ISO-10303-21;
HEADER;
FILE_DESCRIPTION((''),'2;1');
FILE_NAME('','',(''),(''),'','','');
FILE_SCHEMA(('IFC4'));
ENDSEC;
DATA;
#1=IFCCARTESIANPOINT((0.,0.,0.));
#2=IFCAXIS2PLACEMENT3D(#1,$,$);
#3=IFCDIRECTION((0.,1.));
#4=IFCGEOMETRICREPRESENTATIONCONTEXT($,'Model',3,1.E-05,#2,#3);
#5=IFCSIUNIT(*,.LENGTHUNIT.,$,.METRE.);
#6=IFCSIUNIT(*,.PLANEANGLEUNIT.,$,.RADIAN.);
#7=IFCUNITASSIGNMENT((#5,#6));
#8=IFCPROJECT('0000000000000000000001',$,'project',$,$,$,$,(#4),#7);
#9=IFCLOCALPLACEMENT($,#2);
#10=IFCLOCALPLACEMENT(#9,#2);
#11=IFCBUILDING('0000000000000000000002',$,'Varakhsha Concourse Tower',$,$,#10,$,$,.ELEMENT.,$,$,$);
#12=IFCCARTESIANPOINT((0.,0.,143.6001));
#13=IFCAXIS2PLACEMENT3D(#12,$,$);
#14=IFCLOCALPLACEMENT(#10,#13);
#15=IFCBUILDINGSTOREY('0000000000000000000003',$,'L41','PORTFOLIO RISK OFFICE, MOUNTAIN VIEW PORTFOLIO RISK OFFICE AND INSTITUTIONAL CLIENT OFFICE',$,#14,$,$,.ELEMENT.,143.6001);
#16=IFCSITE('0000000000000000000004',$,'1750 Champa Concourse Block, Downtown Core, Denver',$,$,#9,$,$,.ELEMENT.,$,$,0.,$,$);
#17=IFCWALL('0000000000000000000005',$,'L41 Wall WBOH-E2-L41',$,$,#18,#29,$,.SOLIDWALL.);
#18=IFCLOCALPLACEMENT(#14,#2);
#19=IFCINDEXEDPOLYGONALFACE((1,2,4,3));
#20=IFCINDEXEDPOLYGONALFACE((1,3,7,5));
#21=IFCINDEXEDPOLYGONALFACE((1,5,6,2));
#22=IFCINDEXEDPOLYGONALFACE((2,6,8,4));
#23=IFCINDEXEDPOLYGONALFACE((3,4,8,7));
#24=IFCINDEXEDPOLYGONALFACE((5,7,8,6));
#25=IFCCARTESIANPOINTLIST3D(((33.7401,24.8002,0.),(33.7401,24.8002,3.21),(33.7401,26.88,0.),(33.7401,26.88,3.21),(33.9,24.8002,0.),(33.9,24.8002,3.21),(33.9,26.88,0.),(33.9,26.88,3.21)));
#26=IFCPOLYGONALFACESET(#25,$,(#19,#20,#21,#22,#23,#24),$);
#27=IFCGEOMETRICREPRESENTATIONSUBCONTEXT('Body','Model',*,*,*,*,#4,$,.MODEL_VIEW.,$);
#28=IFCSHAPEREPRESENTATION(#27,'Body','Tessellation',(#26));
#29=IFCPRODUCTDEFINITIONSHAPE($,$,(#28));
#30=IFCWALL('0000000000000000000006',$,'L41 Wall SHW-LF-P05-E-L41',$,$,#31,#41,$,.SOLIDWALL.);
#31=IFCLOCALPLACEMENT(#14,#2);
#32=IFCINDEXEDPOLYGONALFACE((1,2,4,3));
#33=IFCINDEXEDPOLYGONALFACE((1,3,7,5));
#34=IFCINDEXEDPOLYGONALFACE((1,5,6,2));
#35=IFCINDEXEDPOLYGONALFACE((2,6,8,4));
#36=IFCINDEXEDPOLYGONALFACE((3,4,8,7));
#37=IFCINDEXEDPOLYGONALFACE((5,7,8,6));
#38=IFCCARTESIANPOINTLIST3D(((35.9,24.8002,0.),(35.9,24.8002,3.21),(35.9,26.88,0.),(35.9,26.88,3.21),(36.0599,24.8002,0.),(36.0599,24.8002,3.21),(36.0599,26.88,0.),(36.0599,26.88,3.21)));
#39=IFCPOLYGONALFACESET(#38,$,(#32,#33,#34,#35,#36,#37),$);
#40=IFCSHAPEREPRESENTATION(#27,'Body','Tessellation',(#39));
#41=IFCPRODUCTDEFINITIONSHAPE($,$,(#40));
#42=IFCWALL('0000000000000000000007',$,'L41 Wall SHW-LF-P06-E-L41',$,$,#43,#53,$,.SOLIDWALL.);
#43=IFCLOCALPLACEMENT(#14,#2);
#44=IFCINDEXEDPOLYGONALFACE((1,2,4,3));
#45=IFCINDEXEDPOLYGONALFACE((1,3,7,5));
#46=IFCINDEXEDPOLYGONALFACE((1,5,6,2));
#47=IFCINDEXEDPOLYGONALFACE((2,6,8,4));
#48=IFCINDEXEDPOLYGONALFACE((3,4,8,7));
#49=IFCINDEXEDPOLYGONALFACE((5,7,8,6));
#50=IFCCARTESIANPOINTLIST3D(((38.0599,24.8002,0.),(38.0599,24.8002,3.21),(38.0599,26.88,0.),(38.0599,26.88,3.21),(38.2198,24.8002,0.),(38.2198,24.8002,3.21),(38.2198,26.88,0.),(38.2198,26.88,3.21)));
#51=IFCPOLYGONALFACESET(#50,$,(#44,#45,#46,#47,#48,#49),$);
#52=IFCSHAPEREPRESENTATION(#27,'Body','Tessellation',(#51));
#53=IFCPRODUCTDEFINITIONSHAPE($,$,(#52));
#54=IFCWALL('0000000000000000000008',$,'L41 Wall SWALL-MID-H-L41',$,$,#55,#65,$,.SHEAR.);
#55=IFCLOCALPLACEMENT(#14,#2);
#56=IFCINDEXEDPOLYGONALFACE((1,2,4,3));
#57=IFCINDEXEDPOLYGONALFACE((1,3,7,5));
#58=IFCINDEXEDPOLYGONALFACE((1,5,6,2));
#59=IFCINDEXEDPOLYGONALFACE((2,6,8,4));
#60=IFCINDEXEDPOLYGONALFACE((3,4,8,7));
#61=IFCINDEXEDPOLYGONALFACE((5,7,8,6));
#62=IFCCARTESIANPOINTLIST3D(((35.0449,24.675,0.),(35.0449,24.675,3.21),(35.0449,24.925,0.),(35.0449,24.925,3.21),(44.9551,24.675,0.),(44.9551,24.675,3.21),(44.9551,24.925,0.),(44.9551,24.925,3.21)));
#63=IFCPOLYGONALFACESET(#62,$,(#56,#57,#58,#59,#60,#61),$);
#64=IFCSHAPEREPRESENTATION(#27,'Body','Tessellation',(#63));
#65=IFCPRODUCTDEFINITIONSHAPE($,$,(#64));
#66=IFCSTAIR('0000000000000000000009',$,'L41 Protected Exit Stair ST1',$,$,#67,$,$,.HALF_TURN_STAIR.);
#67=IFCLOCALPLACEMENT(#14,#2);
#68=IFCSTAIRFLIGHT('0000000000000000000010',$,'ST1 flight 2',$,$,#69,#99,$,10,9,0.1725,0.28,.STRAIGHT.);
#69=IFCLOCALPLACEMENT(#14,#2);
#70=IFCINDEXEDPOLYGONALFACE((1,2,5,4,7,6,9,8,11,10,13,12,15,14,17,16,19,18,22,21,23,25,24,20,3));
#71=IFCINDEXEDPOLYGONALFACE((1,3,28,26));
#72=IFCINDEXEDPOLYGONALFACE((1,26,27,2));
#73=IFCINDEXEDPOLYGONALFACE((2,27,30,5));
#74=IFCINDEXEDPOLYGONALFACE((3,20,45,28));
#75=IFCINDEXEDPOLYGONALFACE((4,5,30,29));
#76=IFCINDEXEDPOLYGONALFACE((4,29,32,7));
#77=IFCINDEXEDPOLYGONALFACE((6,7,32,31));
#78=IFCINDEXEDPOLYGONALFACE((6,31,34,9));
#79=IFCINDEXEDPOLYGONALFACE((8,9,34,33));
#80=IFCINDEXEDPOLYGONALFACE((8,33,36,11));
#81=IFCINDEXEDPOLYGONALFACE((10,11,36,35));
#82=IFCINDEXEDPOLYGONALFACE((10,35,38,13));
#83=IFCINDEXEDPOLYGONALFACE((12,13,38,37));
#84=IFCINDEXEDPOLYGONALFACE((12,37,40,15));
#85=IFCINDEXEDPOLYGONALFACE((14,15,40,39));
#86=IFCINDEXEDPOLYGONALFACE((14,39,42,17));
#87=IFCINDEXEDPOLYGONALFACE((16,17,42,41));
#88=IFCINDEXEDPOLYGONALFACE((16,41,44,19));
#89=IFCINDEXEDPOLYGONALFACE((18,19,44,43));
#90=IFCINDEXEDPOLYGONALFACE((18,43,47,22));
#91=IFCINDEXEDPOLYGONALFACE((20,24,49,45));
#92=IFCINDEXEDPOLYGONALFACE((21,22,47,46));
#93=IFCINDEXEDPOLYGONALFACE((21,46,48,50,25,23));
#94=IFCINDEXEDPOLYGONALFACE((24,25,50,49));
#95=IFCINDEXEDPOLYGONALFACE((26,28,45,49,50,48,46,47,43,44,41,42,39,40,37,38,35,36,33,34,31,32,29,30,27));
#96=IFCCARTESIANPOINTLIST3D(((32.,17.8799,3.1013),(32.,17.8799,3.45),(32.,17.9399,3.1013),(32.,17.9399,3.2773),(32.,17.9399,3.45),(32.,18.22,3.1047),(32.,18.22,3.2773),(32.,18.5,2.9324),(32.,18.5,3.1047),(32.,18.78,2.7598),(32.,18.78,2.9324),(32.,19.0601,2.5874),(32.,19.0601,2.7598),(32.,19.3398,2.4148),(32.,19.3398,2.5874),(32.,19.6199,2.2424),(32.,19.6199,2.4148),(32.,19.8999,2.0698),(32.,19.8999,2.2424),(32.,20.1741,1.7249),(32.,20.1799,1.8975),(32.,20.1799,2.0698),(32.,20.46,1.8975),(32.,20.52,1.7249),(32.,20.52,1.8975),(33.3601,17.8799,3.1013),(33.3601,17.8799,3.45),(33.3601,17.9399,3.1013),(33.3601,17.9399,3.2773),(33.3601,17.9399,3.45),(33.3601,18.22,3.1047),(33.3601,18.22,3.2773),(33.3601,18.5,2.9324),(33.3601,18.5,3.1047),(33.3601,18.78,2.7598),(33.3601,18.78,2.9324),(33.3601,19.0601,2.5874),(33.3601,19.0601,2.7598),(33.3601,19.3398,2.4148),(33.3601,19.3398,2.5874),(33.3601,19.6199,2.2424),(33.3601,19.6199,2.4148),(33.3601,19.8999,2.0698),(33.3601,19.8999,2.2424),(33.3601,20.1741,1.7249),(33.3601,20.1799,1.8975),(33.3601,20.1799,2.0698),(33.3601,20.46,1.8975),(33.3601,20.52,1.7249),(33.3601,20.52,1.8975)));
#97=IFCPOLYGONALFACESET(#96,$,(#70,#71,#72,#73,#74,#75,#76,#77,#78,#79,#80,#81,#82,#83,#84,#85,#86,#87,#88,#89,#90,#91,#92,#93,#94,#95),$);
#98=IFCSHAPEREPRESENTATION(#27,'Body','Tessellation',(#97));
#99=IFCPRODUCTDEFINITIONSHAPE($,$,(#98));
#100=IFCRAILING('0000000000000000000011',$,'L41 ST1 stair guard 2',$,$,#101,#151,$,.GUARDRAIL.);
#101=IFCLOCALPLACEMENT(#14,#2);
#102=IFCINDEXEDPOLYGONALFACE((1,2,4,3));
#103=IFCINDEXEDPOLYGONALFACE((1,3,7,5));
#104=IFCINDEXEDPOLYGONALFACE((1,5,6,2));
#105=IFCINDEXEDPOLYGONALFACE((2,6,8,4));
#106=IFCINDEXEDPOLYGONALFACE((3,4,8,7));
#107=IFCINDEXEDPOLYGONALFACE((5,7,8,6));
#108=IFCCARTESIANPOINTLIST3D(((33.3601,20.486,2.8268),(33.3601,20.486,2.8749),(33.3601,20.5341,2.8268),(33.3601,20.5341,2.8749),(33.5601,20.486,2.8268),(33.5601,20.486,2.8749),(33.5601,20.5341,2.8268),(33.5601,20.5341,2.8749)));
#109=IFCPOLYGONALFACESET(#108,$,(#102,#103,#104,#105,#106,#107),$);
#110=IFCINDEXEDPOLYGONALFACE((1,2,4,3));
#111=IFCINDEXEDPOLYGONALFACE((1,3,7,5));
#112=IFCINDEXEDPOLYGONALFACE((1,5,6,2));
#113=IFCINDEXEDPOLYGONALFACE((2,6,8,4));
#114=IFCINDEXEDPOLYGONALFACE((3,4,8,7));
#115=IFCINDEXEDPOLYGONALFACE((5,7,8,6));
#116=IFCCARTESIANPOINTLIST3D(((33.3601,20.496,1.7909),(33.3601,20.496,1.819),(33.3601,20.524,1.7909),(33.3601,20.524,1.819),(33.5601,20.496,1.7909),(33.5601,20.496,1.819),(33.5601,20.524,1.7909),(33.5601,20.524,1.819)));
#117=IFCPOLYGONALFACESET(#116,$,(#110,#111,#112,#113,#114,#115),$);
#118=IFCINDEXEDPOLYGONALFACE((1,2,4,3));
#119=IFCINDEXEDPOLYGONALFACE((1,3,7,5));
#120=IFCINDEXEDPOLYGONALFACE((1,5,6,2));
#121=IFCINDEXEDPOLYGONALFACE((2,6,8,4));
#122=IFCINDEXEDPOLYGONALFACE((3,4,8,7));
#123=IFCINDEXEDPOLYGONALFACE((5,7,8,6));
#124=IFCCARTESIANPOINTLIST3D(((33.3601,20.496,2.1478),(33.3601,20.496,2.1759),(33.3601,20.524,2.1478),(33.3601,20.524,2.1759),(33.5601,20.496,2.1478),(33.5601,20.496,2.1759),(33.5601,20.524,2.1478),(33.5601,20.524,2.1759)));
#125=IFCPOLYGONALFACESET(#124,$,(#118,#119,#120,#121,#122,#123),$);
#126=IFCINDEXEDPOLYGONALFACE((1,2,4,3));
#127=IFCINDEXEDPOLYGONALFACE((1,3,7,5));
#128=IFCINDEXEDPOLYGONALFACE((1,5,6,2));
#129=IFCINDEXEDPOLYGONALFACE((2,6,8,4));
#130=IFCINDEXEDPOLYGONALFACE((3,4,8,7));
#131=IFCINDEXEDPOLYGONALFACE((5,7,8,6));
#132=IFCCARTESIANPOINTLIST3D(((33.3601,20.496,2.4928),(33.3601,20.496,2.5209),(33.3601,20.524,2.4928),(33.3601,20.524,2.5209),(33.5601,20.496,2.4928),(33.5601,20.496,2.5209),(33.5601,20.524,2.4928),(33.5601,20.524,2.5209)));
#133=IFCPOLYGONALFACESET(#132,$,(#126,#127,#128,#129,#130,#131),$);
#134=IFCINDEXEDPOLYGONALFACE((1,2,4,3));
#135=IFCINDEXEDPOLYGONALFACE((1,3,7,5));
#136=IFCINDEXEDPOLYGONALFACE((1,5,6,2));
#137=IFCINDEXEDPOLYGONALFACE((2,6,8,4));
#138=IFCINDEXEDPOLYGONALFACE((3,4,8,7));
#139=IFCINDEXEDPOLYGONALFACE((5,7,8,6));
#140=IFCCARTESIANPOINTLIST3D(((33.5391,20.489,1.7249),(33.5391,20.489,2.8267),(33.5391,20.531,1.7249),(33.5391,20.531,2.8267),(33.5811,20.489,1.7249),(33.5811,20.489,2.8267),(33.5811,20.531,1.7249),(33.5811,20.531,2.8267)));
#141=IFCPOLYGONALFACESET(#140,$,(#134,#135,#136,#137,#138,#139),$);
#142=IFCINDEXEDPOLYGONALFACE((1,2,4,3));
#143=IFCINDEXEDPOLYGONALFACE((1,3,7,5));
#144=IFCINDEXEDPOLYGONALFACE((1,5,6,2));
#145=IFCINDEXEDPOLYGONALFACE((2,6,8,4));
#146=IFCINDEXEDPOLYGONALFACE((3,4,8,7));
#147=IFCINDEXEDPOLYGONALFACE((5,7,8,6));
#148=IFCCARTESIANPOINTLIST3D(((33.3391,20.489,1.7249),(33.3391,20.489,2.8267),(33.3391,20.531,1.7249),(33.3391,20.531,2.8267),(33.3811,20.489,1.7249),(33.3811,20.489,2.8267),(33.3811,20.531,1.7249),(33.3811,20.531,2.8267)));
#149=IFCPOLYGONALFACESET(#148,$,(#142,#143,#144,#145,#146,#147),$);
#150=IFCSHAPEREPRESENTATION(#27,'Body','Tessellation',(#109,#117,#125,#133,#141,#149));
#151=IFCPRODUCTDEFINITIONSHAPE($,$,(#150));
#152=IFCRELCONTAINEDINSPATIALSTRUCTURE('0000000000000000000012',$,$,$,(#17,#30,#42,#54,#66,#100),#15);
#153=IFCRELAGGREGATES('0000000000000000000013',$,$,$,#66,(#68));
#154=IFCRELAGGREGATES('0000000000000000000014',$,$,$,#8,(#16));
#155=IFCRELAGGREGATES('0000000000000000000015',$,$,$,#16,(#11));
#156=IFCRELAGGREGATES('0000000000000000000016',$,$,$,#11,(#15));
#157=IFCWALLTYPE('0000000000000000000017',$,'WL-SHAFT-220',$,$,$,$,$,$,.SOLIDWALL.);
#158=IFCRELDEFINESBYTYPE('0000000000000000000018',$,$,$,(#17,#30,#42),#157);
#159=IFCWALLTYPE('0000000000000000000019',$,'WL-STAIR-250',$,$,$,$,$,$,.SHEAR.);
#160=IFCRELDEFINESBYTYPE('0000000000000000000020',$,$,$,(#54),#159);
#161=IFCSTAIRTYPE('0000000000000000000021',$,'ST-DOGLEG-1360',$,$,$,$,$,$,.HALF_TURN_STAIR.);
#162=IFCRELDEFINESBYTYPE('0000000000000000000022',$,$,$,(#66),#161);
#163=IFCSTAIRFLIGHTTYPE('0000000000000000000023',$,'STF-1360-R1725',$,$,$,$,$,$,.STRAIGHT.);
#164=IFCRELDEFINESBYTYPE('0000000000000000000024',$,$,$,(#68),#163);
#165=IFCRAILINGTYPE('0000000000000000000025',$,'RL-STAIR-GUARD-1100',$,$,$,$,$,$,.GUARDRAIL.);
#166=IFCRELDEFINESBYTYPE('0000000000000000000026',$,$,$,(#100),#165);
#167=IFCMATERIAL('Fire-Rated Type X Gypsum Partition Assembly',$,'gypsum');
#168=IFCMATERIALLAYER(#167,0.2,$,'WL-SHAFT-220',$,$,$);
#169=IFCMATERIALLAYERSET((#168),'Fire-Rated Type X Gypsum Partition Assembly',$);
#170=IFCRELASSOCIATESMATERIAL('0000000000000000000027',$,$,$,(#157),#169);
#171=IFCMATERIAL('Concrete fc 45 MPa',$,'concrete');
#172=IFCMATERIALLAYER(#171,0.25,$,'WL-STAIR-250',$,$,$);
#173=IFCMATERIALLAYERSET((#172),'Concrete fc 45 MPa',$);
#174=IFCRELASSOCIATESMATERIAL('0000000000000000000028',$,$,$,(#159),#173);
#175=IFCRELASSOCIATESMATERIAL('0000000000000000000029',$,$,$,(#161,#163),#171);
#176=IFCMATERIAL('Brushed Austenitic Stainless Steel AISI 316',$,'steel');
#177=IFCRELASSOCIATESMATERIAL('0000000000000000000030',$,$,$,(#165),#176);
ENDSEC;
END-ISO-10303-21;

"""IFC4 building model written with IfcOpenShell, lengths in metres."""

from ifc_helpers import new_model, si_unit, direction, frame, frame_2d, origin, origin_2d, place, context, subcontext, project, spatial, polyline, rectangle, outline, extrude, material, layer, layer_set, type_object, element, aggregate, save


model = new_model("IFC4")

# Units and contexts
model_context = context("Model", 3, precision=1e-05, world=origin(), true_north=direction((0.0, 1.0)))
body_context = subcontext(model_context, "Body", "Model", "MODEL_VIEW")
ifc_project = project(units=[si_unit("LENGTHUNIT", "METRE"), si_unit("PLANEANGLEUNIT", "RADIAN")], contexts=[model_context])

# Site, building, storey
site_placement = place(None, origin())
site = spatial("IfcSite", under=ifc_project, at=site_placement, Name="1750 Champa Concourse Block, Downtown Core, Denver", CompositionType="ELEMENT", RefElevation=0.0)
building_placement = place(site_placement, origin())
building = spatial("IfcBuilding", under=site, at=building_placement, Name="Varakhsha Concourse Tower", CompositionType="ELEMENT")
storey_placement = place(building_placement, frame((0.0, 0.0, 143.6001)))
storey = spatial("IfcBuildingStorey", under=building, at=storey_placement, Name="L41", Description="PORTFOLIO RISK OFFICE, MOUNTAIN VIEW PORTFOLIO RISK OFFICE AND INSTITUTIONAL CLIENT OFFICE", CompositionType="ELEMENT", Elevation=143.6001)

# Shared definitions
ifc_material_1 = material(Name="Fire-Rated Type X Gypsum Partition Assembly", Category="gypsum")

# Shared definitions
ifc_layer_1 = layer(ifc_material_1, 0.2, Name="WL-SHAFT-220")
ifc_layer_set_1 = layer_set([ifc_layer_1], Name="Fire-Rated Type X Gypsum Partition Assembly")
wall_type_1 = type_object("IfcWallType", Name="WL-SHAFT-220", PredefinedType="SOLIDWALL", material=ifc_layer_set_1)
ifc_material_2 = material(Name="Brushed Austenitic Stainless Steel AISI 316", Category="steel")

# Walls
for number, where, z_axis, x_axis, name in (
    (1, (33.8201, 24.8, 0.0), (0.0, 0.0, 1.0), (0.0, 1.0, 0.0), "L41 Wall WBOH-E2-L41"),
    (2, (35.98, 24.8, 0.0), (0.0, 0.0, 1.0), (0.0, 1.0, 0.0), "L41 Wall SHW-LF-P05-E-L41"),
    (3, (38.1399, 24.8, 0.0), (0.0, 0.0, 1.0), (0.0, 1.0, 0.0), "L41 Wall SHW-LF-P06-E-L41"),
):
    element("IfcWall", number, at=place(storey_placement, frame(where, z_axis=z_axis, x_axis=x_axis)), inside=storey, type_object=wall_type_1, Name=name, PredefinedType="SOLIDWALL", context=body_context, shape_type="SweptSolid", body=[
        extrude(rectangle(XDim=2.0798, YDim=0.1599, at=frame_2d((1.04, 0.0))), origin(), (0.0, 0.0, 1.0), 3.21),
    ])
ifc_material_3 = material(Name="Concrete fc 45 MPa", Category="concrete")
ifc_layer_2 = layer(ifc_material_3, 0.25, Name="WL-STAIR-250")
ifc_layer_set_2 = layer_set([ifc_layer_2], Name="Concrete fc 45 MPa")
wall_type_2 = type_object("IfcWallType", Name="WL-STAIR-250", PredefinedType="SHEAR", material=ifc_layer_set_2)
wall_1_placement = place(storey_placement, frame((35.0449, 24.8, 0.0), z_axis=(0.0, 0.0, 1.0), x_axis=(1.0, 0.0, 0.0)))
element("IfcWall", 4, at=wall_1_placement, inside=storey, type_object=wall_type_2, Name="L41 Wall SWALL-MID-H-L41", PredefinedType="SHEAR", context=body_context, shape_type="SweptSolid", body=[
    extrude(rectangle(XDim=9.9102, YDim=0.25, at=frame_2d((4.9551, 0.0))), origin(), (0.0, 0.0, 1.0), 3.21),
])

# Stair, stair flight
stair_type = type_object("IfcStairType", Name="ST-DOGLEG-1360", PredefinedType="HALF_TURN_STAIR", material=ifc_material_3)
stair_placement = place(storey_placement, origin())
stair = element("IfcStair", 5, at=stair_placement, inside=storey, type_object=stair_type, Name="L41 Protected Exit Stair ST1", PredefinedType="HALF_TURN_STAIR")
stair_flight_type = type_object("IfcStairFlightType", Name="STF-1360-R1725", PredefinedType="STRAIGHT", material=ifc_material_3)
stair_flight_placement = place(storey_placement, frame((32.6799, 20.46, 1.7249), z_axis=(0.0, 0.0, 1.0), x_axis=(0.0, -1.0, 0.0)))
stair_flight = element("IfcStairFlight", 6, at=stair_flight_placement, type_object=stair_flight_type, Name="ST1 flight 2", NumberOfRisers=10, NumberOfTreads=9, PredefinedType="STRAIGHT", RiserHeight=0.1725, TreadLength=0.28, context=body_context, shape_type="SweptSolid", body=[
    extrude(outline(polyline([(-0.0601, 0.0), (-0.0601, 0.1726), (0.0, 0.1726), (0.28, 0.1726), (0.28, 0.345), (0.5601, 0.345), (0.5601, 0.5176), (0.8401, 0.5176), (0.8401, 0.6899), (1.1201, 0.6899), (1.1201, 0.8625), (1.3999, 0.8625), (1.3999, 1.0349), (1.6799, 1.0349), (1.6799, 1.2075), (1.96, 1.2075), (1.96, 1.3799), (2.24, 1.3799), (2.24, 1.5525), (2.52, 1.5525), (2.52, 1.7251), (2.5801, 1.7251), (2.5801, 1.3765), (2.52, 1.3765), (0.2859, 0.0), (-0.0601, 0.0)])), frame((0.0, 0.6802, 0.0), z_axis=(0.0, -1.0, 0.0), x_axis=(1.0, 0.0, 0.0)), (0.0, 0.0, 1.0), 1.3601),
])
aggregate(stair, [stair_flight])

# Railing
railing_type = type_object("IfcRailingType", Name="RL-STAIR-GUARD-1100", PredefinedType="GUARDRAIL", material=ifc_material_2)
railing_1_placement = place(storey_placement, frame((33.5601, 20.51, 1.7249)))
element("IfcRailing", 7, at=railing_1_placement, inside=storey, type_object=railing_type, Name="L41 ST1 stair guard 2", PredefinedType="GUARDRAIL", context=body_context, shape_type="SweptSolid", body=[
    extrude(rectangle(XDim=0.0481, YDim=0.0481, at=origin_2d()), frame((0.0, 0.0, 1.126), z_axis=(-1.0, 0.0, 0.0), x_axis=(0.0, -1.0, 0.0)), (0.0, 0.0, 1.0), 0.2),
    extrude(rectangle(XDim=0.0281, YDim=0.0281, at=origin_2d()), frame((0.0, 0.0, 0.0801), z_axis=(-1.0, 0.0, 0.0), x_axis=(0.0, -1.0, 0.0)), (0.0, 0.0, 1.0), 0.2),
    extrude(rectangle(XDim=0.0281, YDim=0.0281, at=origin_2d()), frame((0.0, 0.0, 0.437), z_axis=(-1.0, 0.0, 0.0), x_axis=(0.0, -1.0, 0.0)), (0.0, 0.0, 1.0), 0.2),
    extrude(rectangle(XDim=0.0281, YDim=0.0281, at=origin_2d()), frame((0.0, 0.0, 0.782), z_axis=(-1.0, 0.0, 0.0), x_axis=(0.0, -1.0, 0.0)), (0.0, 0.0, 1.0), 0.2),
    extrude(rectangle(XDim=0.042, YDim=0.042, at=origin_2d()), origin(), (0.0, 0.0, 1.0), 1.1018),
    extrude(rectangle(XDim=0.042, YDim=0.042, at=origin_2d()), frame((-0.2, 0.0, 0.0)), (0.0, 0.0, 1.0), 1.1018),
])

save(model, "model.ifc")
